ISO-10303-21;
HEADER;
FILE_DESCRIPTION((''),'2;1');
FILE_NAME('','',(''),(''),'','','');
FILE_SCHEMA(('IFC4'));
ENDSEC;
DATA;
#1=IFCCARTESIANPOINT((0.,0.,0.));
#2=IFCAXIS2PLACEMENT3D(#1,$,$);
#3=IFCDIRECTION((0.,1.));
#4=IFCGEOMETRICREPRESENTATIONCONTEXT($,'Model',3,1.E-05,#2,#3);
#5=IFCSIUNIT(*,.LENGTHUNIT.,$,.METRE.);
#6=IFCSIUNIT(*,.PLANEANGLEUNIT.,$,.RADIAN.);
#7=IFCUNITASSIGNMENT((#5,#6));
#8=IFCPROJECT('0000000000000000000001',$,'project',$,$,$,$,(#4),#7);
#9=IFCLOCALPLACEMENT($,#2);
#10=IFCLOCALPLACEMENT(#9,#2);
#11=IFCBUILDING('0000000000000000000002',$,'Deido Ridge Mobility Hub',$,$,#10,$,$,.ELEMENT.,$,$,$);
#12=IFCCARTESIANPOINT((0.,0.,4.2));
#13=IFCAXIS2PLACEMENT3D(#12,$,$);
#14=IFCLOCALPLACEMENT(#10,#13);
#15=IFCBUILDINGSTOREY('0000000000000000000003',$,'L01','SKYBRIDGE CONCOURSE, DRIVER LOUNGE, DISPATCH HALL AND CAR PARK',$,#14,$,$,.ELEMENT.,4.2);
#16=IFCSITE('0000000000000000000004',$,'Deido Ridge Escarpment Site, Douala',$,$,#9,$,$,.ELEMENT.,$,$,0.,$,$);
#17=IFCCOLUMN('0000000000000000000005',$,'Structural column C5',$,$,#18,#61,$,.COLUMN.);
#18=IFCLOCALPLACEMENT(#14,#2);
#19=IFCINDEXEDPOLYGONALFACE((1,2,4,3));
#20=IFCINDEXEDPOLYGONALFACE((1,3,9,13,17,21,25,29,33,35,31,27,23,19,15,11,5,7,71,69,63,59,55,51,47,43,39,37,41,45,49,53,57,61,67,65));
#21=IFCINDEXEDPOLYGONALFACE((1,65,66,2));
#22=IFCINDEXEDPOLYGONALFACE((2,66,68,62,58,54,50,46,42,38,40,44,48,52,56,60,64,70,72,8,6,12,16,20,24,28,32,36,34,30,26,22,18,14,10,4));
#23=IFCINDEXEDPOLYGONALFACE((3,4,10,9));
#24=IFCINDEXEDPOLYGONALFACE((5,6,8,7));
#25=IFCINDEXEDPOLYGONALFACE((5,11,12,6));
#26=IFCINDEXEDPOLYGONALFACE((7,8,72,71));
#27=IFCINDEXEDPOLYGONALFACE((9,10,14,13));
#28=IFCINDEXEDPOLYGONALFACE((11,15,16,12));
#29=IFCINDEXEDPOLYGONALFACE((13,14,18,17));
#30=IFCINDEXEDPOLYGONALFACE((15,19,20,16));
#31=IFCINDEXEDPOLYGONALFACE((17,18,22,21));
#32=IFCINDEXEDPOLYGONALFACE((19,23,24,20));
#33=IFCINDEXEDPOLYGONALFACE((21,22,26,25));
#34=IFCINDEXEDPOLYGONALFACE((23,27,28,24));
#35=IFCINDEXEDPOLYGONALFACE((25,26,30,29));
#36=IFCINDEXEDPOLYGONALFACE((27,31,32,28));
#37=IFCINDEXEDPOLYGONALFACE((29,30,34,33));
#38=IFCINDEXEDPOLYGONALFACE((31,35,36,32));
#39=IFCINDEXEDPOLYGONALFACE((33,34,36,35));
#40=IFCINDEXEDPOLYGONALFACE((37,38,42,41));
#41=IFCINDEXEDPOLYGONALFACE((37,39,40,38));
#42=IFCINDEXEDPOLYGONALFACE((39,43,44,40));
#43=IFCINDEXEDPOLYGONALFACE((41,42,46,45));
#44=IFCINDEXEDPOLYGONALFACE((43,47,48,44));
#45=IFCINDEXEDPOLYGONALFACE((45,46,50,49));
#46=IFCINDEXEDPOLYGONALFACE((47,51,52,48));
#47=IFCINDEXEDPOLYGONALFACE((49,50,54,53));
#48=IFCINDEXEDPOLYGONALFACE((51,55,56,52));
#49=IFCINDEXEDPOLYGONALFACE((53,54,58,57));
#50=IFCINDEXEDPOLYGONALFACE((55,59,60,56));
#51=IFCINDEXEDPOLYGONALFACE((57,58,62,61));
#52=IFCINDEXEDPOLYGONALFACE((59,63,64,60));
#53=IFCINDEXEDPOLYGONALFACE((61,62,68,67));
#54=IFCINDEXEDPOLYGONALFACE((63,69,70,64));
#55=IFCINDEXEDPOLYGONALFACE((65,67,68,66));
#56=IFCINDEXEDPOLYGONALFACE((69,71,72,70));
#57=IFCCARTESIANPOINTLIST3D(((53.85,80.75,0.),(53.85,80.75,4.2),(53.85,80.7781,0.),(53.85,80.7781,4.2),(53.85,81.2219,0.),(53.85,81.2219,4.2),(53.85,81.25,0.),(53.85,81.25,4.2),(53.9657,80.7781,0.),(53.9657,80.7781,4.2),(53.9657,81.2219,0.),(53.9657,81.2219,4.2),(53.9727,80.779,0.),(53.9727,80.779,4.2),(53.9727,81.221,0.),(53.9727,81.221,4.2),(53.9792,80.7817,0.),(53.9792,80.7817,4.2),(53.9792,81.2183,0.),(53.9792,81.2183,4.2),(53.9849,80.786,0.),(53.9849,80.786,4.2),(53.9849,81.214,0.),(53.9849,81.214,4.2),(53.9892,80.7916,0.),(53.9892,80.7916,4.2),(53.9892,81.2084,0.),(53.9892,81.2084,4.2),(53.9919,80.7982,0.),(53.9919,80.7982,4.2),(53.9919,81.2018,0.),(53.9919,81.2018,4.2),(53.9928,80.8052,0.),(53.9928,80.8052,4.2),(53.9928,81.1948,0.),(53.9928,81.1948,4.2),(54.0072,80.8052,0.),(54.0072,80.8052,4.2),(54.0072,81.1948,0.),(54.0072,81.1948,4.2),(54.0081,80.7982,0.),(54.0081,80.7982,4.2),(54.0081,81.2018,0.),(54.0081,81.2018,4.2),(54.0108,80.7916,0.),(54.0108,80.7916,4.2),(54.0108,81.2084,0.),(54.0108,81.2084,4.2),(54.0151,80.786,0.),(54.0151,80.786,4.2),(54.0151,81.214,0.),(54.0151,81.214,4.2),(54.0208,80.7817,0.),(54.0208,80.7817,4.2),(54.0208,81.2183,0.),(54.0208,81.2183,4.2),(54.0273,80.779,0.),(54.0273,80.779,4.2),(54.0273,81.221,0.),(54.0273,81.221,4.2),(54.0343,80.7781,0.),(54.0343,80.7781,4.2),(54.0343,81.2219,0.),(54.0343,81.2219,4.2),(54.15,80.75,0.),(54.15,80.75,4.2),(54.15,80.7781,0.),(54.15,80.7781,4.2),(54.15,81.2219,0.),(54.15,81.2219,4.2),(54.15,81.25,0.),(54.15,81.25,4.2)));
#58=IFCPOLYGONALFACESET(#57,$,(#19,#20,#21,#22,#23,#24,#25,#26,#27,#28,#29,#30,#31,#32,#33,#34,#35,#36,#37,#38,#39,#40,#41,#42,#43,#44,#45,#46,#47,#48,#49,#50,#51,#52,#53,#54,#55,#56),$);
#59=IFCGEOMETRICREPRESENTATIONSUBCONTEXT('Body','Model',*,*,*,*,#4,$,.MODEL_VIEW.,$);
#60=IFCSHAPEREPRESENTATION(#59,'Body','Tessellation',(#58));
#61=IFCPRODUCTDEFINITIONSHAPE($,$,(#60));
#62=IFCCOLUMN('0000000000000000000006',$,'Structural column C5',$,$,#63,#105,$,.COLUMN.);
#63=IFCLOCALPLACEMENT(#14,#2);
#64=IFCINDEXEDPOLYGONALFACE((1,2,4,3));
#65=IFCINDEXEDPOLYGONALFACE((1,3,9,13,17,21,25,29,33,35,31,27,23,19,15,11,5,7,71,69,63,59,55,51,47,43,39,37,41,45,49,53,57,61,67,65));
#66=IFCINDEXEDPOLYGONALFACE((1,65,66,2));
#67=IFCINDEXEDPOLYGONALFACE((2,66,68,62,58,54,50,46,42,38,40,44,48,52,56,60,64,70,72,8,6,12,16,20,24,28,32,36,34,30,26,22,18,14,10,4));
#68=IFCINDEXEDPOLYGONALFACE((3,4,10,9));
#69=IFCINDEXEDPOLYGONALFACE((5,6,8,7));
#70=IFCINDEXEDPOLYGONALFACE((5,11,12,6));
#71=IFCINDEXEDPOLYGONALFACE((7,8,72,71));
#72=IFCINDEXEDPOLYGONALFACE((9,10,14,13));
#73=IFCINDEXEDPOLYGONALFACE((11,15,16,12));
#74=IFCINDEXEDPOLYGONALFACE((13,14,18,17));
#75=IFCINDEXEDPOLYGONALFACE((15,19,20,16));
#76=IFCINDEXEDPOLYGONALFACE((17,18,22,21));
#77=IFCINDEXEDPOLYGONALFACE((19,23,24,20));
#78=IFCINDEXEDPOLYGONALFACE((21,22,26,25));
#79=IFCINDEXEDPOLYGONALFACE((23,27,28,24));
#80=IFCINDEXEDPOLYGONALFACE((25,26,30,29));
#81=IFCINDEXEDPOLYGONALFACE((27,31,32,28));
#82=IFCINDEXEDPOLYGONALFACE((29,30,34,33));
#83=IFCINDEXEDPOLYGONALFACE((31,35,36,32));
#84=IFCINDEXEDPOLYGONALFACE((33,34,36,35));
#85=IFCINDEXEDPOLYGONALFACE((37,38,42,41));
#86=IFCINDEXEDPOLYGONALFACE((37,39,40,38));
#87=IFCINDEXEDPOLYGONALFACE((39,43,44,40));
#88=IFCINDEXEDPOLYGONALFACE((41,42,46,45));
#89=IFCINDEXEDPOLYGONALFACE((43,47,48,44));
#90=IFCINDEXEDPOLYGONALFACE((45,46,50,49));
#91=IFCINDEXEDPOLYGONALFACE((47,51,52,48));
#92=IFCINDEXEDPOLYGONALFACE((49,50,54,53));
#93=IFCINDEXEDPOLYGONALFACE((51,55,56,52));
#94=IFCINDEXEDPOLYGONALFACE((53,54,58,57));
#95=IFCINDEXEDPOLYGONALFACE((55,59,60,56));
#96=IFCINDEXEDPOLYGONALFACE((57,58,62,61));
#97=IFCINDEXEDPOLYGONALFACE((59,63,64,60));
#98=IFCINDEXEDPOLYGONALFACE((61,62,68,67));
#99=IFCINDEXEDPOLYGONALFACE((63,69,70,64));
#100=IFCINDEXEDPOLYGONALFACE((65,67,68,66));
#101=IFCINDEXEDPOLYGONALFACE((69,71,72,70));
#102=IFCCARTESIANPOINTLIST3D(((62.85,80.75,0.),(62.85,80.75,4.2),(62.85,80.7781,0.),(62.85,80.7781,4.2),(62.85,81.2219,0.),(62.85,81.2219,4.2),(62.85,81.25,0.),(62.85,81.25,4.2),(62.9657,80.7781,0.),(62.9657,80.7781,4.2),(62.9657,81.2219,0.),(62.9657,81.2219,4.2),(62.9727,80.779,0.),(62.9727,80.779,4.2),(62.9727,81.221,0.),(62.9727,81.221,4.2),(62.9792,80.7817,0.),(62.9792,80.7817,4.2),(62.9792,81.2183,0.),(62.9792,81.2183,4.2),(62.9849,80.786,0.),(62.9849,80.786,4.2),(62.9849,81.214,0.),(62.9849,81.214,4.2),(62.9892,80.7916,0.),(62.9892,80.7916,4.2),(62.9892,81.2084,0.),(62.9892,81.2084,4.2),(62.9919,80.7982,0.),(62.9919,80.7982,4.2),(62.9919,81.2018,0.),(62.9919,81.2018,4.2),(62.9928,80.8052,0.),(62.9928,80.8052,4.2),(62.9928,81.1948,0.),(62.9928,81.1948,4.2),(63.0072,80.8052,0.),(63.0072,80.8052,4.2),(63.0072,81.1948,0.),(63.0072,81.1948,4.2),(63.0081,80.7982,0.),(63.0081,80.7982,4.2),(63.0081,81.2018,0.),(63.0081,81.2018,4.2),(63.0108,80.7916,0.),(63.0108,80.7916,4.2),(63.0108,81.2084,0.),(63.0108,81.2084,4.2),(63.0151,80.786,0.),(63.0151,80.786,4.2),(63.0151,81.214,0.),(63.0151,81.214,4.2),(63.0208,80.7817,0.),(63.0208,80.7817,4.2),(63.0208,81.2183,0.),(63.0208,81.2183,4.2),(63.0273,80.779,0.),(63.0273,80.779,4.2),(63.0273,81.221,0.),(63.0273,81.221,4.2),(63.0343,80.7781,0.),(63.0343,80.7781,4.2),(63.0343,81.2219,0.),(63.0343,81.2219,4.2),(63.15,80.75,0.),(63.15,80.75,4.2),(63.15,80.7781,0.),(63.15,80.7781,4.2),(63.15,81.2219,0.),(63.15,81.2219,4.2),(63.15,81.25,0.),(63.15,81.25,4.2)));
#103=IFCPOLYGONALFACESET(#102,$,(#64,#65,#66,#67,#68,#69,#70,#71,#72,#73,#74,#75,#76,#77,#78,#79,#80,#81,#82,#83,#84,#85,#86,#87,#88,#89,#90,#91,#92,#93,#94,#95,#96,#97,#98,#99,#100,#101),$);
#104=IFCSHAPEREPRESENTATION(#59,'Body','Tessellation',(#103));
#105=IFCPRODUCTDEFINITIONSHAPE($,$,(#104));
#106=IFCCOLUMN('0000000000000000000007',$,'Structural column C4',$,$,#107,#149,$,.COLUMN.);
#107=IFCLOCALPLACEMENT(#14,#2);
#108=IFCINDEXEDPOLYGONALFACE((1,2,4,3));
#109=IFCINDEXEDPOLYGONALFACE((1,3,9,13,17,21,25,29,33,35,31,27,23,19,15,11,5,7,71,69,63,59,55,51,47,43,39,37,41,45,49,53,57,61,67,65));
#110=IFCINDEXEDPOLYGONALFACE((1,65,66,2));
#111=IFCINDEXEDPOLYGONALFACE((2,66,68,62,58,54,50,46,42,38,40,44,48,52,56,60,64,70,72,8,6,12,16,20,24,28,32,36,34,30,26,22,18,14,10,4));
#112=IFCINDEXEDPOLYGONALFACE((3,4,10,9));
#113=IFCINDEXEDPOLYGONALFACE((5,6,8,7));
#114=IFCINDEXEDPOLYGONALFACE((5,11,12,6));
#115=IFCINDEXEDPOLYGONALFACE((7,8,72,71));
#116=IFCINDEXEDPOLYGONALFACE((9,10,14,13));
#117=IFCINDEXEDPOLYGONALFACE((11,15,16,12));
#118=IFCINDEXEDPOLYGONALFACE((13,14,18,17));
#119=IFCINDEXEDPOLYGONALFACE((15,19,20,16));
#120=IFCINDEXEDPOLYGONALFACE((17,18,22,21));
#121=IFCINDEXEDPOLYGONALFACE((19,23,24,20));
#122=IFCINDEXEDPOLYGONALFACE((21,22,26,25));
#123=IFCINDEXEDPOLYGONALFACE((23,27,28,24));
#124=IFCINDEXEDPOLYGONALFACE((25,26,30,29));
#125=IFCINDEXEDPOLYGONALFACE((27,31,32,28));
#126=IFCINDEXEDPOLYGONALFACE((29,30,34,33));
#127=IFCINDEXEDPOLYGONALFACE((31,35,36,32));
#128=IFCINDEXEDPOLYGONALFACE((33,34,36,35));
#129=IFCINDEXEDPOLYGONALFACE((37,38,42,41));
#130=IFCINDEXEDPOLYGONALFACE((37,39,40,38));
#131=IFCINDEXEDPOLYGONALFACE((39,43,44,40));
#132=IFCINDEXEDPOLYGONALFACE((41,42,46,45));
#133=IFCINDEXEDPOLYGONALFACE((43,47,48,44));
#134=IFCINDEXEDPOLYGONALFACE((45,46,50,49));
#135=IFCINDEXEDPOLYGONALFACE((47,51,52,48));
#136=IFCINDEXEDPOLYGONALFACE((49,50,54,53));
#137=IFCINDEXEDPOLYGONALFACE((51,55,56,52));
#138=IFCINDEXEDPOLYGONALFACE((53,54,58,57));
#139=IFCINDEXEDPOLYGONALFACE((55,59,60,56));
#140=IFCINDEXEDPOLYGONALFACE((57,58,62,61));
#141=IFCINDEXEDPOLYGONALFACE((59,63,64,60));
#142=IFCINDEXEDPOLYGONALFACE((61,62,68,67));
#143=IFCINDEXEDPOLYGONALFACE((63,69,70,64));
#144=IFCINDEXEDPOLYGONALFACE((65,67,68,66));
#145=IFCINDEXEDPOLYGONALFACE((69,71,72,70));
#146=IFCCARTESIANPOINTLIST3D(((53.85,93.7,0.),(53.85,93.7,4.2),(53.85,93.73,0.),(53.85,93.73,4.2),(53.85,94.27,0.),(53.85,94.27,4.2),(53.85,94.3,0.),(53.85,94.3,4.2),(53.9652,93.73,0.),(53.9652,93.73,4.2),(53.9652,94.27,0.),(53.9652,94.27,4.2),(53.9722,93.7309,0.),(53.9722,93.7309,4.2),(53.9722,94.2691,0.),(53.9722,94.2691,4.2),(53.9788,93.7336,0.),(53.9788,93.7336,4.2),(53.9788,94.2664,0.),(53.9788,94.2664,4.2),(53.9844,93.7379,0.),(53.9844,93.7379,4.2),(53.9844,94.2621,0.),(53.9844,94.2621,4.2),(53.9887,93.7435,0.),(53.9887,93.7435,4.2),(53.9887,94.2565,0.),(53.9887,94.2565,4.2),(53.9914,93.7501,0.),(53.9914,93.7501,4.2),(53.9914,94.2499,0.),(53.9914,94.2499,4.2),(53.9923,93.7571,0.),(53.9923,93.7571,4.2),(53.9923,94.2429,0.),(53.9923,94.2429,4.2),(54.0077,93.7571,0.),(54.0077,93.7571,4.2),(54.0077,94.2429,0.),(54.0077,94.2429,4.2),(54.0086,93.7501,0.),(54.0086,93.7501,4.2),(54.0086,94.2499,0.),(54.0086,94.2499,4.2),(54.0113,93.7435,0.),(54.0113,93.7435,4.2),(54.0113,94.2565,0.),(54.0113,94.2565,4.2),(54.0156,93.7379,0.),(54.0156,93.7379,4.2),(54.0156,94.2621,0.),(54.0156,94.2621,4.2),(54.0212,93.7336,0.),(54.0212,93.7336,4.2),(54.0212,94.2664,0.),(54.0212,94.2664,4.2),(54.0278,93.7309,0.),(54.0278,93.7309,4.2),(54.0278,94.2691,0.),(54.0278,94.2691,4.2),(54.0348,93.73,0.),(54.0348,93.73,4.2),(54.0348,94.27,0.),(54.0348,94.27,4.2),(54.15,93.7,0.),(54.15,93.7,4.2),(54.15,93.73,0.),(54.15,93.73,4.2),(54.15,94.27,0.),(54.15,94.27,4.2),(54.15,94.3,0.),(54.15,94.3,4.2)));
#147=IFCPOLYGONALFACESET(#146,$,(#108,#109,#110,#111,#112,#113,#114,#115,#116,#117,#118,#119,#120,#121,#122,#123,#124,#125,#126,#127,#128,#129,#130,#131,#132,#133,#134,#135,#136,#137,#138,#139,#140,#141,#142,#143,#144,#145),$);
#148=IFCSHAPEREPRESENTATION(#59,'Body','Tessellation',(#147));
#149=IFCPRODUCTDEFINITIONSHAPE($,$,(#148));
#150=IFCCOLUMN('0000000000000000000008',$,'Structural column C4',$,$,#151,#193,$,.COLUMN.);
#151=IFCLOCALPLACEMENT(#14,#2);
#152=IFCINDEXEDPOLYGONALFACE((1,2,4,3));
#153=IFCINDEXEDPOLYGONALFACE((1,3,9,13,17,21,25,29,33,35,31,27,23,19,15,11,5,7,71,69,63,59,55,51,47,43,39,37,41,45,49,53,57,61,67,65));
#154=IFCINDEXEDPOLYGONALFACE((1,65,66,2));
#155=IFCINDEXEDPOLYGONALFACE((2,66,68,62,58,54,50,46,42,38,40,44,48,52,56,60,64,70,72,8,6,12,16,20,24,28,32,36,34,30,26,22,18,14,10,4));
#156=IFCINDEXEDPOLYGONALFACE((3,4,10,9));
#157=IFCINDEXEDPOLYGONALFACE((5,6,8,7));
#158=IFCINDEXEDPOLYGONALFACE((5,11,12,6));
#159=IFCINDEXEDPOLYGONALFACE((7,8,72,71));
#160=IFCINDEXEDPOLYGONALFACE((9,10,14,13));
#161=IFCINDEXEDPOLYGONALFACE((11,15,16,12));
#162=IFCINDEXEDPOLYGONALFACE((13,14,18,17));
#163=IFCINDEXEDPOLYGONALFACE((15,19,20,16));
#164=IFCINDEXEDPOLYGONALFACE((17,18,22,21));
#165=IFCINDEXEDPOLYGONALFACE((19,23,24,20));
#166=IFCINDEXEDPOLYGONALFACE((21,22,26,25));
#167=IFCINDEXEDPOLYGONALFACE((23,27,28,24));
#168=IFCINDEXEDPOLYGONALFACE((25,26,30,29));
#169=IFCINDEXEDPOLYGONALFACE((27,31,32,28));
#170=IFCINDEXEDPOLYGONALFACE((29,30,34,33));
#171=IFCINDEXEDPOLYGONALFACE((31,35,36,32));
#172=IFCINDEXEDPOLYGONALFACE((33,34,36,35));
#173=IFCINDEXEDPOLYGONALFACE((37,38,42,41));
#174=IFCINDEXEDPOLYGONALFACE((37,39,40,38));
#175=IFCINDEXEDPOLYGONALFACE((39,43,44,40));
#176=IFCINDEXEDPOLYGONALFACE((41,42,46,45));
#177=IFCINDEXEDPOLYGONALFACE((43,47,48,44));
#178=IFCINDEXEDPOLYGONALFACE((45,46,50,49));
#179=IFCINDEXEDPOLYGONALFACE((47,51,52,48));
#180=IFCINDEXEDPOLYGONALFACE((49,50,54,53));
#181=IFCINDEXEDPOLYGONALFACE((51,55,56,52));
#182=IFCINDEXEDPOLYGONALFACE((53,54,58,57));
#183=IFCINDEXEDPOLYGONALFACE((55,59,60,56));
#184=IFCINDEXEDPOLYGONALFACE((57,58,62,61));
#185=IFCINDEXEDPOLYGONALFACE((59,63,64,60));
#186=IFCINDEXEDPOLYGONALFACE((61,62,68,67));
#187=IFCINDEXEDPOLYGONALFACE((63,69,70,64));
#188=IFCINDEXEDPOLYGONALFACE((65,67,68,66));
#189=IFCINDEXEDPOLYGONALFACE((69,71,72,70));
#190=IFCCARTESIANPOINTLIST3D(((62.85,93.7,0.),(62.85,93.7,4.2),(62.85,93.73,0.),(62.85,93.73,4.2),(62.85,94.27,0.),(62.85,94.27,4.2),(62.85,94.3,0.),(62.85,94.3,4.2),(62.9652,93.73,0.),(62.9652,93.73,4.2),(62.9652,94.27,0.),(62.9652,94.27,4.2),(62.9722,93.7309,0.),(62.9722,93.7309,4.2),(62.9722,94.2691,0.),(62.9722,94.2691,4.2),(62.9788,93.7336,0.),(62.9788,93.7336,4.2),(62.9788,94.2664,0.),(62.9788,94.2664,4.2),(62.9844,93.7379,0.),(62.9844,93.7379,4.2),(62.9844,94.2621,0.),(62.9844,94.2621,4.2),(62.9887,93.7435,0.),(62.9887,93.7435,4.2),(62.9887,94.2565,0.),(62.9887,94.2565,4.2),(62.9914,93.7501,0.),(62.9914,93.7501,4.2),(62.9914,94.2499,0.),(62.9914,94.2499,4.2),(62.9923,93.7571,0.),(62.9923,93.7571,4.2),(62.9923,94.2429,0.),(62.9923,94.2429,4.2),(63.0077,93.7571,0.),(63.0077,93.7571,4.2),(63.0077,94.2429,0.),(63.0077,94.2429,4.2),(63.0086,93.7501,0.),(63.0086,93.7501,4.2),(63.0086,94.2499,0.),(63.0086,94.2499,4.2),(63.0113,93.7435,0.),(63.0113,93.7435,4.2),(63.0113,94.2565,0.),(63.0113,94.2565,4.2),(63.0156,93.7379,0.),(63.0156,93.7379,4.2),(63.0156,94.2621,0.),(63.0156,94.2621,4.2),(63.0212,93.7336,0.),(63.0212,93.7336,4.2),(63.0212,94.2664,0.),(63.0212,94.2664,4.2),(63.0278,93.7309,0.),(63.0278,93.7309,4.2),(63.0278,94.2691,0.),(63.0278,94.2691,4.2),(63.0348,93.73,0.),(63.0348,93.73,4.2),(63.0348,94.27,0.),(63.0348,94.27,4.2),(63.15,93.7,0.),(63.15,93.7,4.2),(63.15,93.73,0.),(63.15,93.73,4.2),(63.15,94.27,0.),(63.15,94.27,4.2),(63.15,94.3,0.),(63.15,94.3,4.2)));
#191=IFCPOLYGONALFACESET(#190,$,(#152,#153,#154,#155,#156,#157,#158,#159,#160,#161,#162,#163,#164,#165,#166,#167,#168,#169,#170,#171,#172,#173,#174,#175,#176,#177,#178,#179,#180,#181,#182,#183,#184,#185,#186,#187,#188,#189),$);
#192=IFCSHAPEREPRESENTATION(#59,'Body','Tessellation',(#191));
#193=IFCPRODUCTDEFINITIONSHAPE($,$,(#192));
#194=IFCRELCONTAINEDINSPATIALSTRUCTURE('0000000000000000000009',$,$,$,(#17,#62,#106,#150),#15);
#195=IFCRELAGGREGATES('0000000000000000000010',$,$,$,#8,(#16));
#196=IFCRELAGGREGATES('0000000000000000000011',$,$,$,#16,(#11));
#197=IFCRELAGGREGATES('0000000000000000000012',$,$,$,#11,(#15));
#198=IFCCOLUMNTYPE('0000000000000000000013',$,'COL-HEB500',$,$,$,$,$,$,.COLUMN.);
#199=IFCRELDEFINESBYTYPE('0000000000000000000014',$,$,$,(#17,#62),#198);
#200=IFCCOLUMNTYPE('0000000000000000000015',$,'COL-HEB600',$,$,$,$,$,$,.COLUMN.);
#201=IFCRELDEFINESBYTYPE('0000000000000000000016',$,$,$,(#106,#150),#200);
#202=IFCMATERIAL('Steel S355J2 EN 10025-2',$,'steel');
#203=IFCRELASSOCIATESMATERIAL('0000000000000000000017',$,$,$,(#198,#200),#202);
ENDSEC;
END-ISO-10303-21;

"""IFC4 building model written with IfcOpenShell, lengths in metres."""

from ifc_helpers import new_model, si_unit, direction, frame, origin, origin_2d, place, context, subcontext, project, spatial, i_section, extrude, material, material_profile, profile_set, type_object, element, save


model = new_model("IFC4")

# Units and contexts
model_context = context("Model", 3, precision=1e-05, world=origin(), true_north=direction((0.0, 1.0)))
body_context = subcontext(model_context, "Body", "Model", "MODEL_VIEW")
ifc_project = project(units=[si_unit("LENGTHUNIT", "METRE"), si_unit("PLANEANGLEUNIT", "RADIAN")], contexts=[model_context])

# Site, building, storey
site_placement = place(None, origin())
site = spatial("IfcSite", under=ifc_project, at=site_placement, Name="Deido Ridge Escarpment Site, Douala", CompositionType="ELEMENT", RefElevation=0.0)
building_placement = place(site_placement, origin())
building = spatial("IfcBuilding", under=site, at=building_placement, Name="Deido Ridge Mobility Hub", CompositionType="ELEMENT")
storey_placement = place(building_placement, frame((0.0, 0.0, 4.2)))
storey = spatial("IfcBuildingStorey", under=building, at=storey_placement, Name="L01", Description="SKYBRIDGE CONCOURSE, DRIVER LOUNGE, DISPATCH HALL AND CAR PARK", CompositionType="ELEMENT", Elevation=4.2)

# Columns
ifc_material_1 = material(Name="Steel S355J2 EN 10025-2", Category="steel")
ifc_material_profile_1 = material_profile(ifc_material_1, i_section(OverallWidth=0.3, OverallDepth=0.5, WebThickness=0.0144, FlangeThickness=0.0281, FilletRadius=0.0271, at=origin_2d()), Name="HEB 500")
ifc_profile_set_1 = profile_set([ifc_material_profile_1], Name="Steel S355J2 EN 10025-2")
column_type_1 = type_object("IfcColumnType", Name="COL-HEB500", PredefinedType="COLUMN", material=ifc_profile_set_1)
for number, where, z_axis, x_axis, name in (
    (1, (54.0, 81.0, 0.0), (0.0, 0.0, 1.0), (1.0, 0.0, 0.0), "Structural column C5"),
    (2, (63.0, 81.0, 0.0), (0.0, 0.0, 1.0), (1.0, 0.0, 0.0), "Structural column C5"),
):
    element("IfcColumn", number, at=place(storey_placement, frame(where, z_axis=z_axis, x_axis=x_axis)), inside=storey, type_object=column_type_1, Name=name, PredefinedType="COLUMN", context=body_context, shape_type="SweptSolid", body=[
        extrude(i_section(OverallWidth=0.3, OverallDepth=0.5, WebThickness=0.0144, FlangeThickness=0.0281, FilletRadius=0.0271, at=origin_2d()), origin(), (0.0, 0.0, 1.0), 4.2),
    ])
ifc_material_profile_2 = material_profile(ifc_material_1, i_section(OverallWidth=0.3, OverallDepth=0.6001, WebThickness=0.0154, FlangeThickness=0.03, FilletRadius=0.0271, at=origin_2d()), Name="HEB 600")
ifc_profile_set_2 = profile_set([ifc_material_profile_2], Name="Steel S355J2 EN 10025-2")
column_type_2 = type_object("IfcColumnType", Name="COL-HEB600", PredefinedType="COLUMN", material=ifc_profile_set_2)
for number, where, z_axis, x_axis, name in (
    (3, (54.0, 94.0, 0.0), (0.0, 0.0, 1.0), (1.0, 0.0, 0.0), "Structural column C4"),
    (4, (63.0, 94.0, 0.0), (0.0, 0.0, 1.0), (1.0, 0.0, 0.0), "Structural column C4"),
):
    element("IfcColumn", number, at=place(storey_placement, frame(where, z_axis=z_axis, x_axis=x_axis)), inside=storey, type_object=column_type_2, Name=name, PredefinedType="COLUMN", context=body_context, shape_type="SweptSolid", body=[
        extrude(i_section(OverallWidth=0.3, OverallDepth=0.6001, WebThickness=0.0154, FlangeThickness=0.03, FilletRadius=0.0271, at=origin_2d()), origin(), (0.0, 0.0, 1.0), 4.2),
    ])

save(model, "model.ifc")
